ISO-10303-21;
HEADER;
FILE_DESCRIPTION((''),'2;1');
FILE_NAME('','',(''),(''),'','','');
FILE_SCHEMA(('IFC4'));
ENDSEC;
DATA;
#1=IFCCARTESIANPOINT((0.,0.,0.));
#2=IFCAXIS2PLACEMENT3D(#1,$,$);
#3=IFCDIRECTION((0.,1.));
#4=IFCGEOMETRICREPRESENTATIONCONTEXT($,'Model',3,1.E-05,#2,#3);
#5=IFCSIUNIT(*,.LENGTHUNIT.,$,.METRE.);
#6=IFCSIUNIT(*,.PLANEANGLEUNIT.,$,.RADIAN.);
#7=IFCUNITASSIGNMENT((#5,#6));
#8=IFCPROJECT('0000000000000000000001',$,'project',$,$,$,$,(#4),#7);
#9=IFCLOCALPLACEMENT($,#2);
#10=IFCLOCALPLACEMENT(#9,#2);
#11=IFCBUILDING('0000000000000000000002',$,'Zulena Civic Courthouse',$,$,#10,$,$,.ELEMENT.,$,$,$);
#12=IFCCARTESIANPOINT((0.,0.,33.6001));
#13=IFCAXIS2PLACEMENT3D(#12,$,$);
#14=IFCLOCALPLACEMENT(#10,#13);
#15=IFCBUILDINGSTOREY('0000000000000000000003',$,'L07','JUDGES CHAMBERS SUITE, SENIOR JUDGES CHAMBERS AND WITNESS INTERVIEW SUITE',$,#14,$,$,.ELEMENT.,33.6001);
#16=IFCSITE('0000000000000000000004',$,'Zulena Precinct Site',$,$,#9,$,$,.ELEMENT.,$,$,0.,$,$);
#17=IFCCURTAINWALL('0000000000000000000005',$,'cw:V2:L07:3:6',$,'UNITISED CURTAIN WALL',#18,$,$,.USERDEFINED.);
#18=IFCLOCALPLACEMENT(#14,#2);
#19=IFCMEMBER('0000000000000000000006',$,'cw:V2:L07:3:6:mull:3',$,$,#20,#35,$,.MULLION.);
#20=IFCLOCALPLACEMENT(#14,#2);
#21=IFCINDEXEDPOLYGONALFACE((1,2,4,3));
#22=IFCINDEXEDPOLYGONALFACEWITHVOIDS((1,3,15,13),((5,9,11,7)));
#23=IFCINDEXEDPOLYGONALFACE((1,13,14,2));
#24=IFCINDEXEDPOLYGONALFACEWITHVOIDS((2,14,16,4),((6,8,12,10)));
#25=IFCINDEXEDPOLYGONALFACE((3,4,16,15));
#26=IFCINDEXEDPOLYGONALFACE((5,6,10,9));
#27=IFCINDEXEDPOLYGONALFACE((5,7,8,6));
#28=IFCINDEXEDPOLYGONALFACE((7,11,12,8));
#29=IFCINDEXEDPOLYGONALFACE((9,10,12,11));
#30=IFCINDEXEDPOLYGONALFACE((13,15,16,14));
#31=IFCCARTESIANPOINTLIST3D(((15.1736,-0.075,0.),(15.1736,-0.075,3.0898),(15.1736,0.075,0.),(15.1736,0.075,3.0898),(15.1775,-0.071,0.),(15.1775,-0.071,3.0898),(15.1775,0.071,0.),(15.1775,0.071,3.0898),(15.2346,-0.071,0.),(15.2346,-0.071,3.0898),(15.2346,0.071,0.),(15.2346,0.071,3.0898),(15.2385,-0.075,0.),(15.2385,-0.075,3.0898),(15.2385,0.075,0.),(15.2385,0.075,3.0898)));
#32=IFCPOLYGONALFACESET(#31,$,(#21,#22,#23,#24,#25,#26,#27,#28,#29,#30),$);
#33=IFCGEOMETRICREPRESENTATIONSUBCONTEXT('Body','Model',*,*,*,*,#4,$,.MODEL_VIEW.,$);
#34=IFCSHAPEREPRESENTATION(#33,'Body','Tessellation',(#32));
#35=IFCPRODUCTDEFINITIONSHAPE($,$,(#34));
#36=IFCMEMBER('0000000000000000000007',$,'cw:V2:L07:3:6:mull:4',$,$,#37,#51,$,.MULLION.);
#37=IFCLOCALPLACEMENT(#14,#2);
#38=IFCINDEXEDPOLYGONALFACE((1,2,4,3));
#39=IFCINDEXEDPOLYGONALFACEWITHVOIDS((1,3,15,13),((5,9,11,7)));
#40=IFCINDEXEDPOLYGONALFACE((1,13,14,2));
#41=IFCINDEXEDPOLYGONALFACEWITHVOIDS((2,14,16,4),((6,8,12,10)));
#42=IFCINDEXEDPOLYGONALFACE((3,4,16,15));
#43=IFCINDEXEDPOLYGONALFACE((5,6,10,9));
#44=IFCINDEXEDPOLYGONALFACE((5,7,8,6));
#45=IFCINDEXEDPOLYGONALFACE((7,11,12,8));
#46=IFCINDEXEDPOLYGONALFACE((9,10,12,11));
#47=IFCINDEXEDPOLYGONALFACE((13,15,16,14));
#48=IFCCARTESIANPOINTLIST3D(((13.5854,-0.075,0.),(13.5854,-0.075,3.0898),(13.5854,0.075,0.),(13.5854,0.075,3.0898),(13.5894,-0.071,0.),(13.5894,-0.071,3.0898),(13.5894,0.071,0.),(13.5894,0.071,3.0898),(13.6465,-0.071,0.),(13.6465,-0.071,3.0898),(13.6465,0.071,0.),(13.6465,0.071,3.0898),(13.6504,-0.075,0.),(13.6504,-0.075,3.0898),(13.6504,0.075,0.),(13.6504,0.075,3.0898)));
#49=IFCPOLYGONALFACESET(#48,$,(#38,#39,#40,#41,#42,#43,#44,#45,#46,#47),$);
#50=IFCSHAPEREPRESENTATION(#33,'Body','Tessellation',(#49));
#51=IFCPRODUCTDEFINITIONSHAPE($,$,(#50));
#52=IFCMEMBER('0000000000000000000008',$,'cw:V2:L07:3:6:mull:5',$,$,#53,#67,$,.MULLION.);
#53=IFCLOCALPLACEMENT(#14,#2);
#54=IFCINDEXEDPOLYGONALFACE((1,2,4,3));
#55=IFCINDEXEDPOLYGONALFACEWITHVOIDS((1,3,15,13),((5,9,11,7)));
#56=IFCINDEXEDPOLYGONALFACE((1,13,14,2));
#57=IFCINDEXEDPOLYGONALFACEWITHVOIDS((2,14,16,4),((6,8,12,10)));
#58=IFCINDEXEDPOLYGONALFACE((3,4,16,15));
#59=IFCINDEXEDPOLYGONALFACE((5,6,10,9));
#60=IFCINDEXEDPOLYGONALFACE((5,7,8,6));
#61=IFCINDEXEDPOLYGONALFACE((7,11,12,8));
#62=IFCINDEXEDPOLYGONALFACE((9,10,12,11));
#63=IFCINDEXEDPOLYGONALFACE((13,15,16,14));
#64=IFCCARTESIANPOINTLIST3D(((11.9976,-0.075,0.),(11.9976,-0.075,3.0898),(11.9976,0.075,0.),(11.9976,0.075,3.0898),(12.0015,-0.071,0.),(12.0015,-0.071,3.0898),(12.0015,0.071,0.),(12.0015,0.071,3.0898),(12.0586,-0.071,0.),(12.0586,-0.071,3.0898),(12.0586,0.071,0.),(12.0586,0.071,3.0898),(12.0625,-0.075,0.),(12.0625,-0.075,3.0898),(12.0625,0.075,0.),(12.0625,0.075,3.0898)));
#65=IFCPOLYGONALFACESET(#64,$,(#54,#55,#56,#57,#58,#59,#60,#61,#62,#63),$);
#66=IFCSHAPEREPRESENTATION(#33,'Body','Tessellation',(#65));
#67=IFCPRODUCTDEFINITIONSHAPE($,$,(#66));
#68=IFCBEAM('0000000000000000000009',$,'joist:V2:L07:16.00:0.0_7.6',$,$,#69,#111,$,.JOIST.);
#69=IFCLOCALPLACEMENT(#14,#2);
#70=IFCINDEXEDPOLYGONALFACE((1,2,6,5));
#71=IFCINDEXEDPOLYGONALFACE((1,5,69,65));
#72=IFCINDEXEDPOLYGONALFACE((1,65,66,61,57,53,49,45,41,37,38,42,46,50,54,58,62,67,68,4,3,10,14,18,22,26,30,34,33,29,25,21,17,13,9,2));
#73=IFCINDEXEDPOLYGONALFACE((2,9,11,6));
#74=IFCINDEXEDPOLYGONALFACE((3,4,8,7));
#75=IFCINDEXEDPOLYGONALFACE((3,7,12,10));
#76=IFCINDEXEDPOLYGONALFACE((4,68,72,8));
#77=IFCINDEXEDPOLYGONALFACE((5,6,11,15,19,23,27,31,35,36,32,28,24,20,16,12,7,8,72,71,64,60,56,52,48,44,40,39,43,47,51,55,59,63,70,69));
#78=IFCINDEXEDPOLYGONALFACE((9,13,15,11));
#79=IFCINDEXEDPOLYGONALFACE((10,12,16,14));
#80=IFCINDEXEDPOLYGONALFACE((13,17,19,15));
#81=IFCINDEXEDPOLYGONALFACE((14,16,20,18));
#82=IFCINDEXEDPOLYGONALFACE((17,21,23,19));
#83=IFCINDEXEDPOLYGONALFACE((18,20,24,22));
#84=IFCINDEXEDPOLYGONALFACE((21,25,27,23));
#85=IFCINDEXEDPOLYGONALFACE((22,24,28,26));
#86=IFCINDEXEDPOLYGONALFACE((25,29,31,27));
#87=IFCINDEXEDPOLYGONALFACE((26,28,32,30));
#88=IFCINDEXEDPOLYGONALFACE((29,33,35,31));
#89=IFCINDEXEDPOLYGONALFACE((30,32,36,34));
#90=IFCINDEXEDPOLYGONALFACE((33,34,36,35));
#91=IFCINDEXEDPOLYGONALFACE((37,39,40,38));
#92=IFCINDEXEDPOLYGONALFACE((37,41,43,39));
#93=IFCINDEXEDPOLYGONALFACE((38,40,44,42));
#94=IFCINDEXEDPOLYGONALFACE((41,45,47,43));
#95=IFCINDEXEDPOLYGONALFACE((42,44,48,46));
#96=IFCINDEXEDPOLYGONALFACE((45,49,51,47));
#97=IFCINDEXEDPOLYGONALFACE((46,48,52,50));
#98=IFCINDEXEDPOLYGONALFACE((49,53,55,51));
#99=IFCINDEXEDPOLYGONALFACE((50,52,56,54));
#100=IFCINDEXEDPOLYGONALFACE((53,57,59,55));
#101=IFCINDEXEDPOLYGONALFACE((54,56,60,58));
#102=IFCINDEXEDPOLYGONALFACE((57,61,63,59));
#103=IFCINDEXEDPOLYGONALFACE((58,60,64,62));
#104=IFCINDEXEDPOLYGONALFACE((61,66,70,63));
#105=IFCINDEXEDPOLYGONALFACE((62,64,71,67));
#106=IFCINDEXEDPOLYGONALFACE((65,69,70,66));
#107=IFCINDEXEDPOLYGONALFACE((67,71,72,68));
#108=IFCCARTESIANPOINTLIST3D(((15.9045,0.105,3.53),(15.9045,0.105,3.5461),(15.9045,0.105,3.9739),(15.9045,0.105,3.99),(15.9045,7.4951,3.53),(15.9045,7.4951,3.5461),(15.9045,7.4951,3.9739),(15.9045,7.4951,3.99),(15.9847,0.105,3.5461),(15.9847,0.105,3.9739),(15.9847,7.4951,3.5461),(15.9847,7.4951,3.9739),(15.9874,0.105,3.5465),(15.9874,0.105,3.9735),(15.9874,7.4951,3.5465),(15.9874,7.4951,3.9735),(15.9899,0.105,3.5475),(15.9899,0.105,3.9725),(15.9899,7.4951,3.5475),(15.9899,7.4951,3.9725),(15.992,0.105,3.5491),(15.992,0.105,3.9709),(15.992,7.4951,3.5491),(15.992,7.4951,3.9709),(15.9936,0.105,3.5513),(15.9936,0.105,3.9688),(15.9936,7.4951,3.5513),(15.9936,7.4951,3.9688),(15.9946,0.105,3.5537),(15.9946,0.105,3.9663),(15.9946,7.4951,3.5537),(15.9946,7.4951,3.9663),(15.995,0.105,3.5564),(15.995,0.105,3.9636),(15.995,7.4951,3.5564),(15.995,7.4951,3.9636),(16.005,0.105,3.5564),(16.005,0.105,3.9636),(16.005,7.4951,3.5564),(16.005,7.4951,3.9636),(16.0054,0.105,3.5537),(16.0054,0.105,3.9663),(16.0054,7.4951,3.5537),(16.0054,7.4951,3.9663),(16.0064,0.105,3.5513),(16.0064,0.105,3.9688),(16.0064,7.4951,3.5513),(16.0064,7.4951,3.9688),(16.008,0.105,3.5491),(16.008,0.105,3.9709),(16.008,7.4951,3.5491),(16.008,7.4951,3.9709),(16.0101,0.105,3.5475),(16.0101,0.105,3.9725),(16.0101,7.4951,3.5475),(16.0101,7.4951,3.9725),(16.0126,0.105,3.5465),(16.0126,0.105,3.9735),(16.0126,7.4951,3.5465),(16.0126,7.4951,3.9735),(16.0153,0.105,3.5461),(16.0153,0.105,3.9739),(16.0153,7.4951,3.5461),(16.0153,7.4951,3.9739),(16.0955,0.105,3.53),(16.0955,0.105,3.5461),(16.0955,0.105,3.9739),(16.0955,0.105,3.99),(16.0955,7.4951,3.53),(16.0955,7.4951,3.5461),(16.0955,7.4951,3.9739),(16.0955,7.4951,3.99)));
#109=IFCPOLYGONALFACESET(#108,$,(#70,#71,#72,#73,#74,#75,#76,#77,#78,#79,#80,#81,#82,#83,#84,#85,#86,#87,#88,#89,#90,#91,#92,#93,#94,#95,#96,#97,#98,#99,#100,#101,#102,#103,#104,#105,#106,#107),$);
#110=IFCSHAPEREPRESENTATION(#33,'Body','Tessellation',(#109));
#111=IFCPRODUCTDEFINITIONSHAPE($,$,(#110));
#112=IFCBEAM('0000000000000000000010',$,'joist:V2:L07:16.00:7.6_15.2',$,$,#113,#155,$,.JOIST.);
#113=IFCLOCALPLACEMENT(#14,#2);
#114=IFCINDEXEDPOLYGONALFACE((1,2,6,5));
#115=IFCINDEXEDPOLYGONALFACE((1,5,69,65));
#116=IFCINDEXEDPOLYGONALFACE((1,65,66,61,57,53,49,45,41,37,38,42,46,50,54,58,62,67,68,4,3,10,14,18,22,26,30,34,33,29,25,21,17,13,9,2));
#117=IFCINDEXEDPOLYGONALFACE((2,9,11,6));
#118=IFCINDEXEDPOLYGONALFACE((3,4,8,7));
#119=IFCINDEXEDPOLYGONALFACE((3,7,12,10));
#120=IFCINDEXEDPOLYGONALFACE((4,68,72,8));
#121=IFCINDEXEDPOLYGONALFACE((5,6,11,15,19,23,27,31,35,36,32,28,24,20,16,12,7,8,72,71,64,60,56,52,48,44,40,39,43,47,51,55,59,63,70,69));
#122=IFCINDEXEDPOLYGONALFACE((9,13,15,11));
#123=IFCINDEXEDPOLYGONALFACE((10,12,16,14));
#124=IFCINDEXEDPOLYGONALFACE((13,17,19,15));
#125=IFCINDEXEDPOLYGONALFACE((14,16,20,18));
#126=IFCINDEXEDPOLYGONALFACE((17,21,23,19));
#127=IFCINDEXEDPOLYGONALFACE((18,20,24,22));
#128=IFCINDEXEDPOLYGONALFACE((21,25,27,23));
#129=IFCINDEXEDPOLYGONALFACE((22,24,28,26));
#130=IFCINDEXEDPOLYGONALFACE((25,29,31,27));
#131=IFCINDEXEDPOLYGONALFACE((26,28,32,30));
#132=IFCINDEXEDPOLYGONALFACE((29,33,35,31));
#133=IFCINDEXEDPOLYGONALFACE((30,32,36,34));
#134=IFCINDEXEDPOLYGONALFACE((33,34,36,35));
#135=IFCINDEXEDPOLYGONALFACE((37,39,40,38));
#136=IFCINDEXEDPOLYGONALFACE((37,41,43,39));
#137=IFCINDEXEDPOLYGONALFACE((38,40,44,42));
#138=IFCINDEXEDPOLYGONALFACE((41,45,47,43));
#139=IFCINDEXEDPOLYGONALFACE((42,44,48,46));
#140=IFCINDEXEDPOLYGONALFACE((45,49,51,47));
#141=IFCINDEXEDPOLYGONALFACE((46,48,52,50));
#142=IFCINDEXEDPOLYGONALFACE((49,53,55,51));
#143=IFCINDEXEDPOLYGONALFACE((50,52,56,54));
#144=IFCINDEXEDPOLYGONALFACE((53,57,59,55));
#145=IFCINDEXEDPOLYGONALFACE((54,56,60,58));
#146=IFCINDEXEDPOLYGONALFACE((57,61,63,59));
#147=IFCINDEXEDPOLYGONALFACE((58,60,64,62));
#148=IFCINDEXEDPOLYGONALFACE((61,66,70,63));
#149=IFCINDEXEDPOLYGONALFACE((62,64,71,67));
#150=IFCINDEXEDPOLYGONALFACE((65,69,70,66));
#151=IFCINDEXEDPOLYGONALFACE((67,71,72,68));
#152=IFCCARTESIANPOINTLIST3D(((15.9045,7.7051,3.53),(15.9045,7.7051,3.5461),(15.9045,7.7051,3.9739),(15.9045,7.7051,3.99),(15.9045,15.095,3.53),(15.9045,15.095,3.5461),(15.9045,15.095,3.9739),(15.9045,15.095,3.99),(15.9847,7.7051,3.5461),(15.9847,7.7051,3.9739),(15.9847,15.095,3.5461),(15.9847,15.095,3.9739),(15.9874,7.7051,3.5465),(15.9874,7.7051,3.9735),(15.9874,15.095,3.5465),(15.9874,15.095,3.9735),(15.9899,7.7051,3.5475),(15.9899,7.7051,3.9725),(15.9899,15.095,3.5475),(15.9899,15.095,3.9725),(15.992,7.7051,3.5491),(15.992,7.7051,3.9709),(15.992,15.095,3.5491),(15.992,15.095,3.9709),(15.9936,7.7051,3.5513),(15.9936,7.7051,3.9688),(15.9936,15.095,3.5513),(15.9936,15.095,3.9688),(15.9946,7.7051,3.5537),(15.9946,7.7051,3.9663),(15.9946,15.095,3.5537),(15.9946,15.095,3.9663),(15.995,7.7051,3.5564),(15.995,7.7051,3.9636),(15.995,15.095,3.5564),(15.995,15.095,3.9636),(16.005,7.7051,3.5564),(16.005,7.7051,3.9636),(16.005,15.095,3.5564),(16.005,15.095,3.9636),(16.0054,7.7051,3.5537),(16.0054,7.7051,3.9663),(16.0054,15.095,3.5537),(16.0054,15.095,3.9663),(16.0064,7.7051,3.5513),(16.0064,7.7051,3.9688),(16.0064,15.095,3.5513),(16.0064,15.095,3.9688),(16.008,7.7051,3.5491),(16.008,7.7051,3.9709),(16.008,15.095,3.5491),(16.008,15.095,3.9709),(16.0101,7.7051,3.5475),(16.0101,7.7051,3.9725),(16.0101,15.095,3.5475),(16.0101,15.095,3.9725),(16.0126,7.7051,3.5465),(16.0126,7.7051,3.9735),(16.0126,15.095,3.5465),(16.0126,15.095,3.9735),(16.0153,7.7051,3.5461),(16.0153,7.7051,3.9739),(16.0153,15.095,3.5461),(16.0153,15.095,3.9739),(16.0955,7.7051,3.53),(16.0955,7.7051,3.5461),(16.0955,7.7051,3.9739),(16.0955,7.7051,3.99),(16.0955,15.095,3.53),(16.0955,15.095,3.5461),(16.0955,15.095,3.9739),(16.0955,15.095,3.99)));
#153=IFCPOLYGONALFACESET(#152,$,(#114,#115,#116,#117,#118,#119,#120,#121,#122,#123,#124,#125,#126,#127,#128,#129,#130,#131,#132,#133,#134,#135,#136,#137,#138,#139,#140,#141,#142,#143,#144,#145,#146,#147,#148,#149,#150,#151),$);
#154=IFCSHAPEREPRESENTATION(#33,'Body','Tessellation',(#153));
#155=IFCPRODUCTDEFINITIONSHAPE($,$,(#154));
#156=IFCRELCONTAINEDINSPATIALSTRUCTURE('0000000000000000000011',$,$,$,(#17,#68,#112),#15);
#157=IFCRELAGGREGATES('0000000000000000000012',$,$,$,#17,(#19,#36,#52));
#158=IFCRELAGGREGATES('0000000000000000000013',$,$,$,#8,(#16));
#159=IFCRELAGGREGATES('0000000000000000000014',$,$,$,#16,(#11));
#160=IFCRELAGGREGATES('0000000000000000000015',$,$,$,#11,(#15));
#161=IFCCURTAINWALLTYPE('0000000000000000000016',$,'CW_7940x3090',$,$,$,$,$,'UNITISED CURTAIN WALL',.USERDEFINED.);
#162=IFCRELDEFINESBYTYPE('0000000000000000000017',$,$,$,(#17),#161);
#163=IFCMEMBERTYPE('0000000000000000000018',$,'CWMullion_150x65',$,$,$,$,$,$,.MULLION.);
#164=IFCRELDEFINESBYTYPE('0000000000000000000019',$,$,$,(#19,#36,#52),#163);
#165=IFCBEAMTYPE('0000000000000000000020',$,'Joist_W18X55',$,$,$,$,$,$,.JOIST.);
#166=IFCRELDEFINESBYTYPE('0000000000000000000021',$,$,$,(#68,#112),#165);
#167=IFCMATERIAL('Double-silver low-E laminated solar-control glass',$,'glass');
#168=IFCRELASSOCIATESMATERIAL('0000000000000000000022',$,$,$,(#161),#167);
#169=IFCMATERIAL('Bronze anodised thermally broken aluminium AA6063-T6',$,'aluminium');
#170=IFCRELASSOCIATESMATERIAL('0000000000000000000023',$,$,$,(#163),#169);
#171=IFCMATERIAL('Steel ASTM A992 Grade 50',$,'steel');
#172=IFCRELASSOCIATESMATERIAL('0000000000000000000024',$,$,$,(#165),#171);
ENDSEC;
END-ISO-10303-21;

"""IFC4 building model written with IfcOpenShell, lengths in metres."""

from ifc_helpers import new_model, si_unit, direction, frame, origin, origin_2d, place, context, subcontext, project, spatial, hollow_rectangle, i_section, extrude, material, material_profile, profile_set, type_object, element, aggregate, save


model = new_model("IFC4")

# Units and contexts
model_context = context("Model", 3, precision=1e-05, world=origin(), true_north=direction((0.0, 1.0)))
body_context = subcontext(model_context, "Body", "Model", "MODEL_VIEW")
ifc_project = project(units=[si_unit("LENGTHUNIT", "METRE"), si_unit("PLANEANGLEUNIT", "RADIAN")], contexts=[model_context])

# Site, building, storey
site_placement = place(None, origin())
site = spatial("IfcSite", under=ifc_project, at=site_placement, Name="Zulena Precinct Site", CompositionType="ELEMENT", RefElevation=0.0)
building_placement = place(site_placement, origin())
building = spatial("IfcBuilding", under=site, at=building_placement, Name="Zulena Civic Courthouse", CompositionType="ELEMENT")
storey_placement = place(building_placement, frame((0.0, 0.0, 33.6001)))
storey = spatial("IfcBuildingStorey", under=building, at=storey_placement, Name="L07", Description="JUDGES CHAMBERS SUITE, SENIOR JUDGES CHAMBERS AND WITNESS INTERVIEW SUITE", CompositionType="ELEMENT", Elevation=33.6001)

# Curtain wall, members
ifc_material_1 = material(Name="Double-silver low-E laminated solar-control glass", Category="glass")
curtain_wall_type = type_object("IfcCurtainWallType", Name="CW_7940x3090", ElementType="UNITISED CURTAIN WALL", PredefinedType="USERDEFINED", material=ifc_material_1)
curtain_wall_placement = place(storey_placement, origin())
curtain_wall = element("IfcCurtainWall", 1, at=curtain_wall_placement, inside=storey, type_object=curtain_wall_type, Name="cw:V2:L07:3:6", ObjectType="UNITISED CURTAIN WALL", PredefinedType="USERDEFINED")
ifc_material_2 = material(Name="Bronze anodised thermally broken aluminium AA6063-T6", Category="aluminium")
ifc_material_profile_1 = material_profile(ifc_material_2, hollow_rectangle(XDim=0.0649, YDim=0.1499, WallThickness=0.0039, at=origin_2d()), Name="CWM150X65X4")
ifc_profile_set_1 = profile_set([ifc_material_profile_1], Name="Bronze anodised thermally broken aluminium AA6063-T6")
member_type = type_object("IfcMemberType", Name="CWMullion_150x65", PredefinedType="MULLION", material=ifc_profile_set_1)
member_1_placement = place(storey_placement, frame((15.2061, 0.0, 0.0), z_axis=(0.0, 0.0, 1.0), x_axis=(1.0, 0.0, 0.0)))
member_1 = element("IfcMember", 2, at=member_1_placement, type_object=member_type, Name="cw:V2:L07:3:6:mull:3", PredefinedType="MULLION", context=body_context, shape_type="SweptSolid", body=[
    extrude(hollow_rectangle(XDim=0.0649, YDim=0.1499, WallThickness=0.0039, at=origin_2d()), origin(), (0.0, 0.0, 1.0), 3.0898),
])
member_2_placement = place(storey_placement, frame((13.6179, 0.0, 0.0), z_axis=(0.0, 0.0, 1.0), x_axis=(1.0, 0.0, 0.0)))
member_2 = element("IfcMember", 3, at=member_2_placement, type_object=member_type, Name="cw:V2:L07:3:6:mull:4", PredefinedType="MULLION", context=body_context, shape_type="SweptSolid", body=[
    extrude(hollow_rectangle(XDim=0.0649, YDim=0.1499, WallThickness=0.0039, at=origin_2d()), origin(), (0.0, 0.0, 1.0), 3.0898),
])
member_3_placement = place(storey_placement, frame((12.03, 0.0, 0.0), z_axis=(0.0, 0.0, 1.0), x_axis=(1.0, 0.0, 0.0)))
member_3 = element("IfcMember", 4, at=member_3_placement, type_object=member_type, Name="cw:V2:L07:3:6:mull:5", PredefinedType="MULLION", context=body_context, shape_type="SweptSolid", body=[
    extrude(hollow_rectangle(XDim=0.0649, YDim=0.1499, WallThickness=0.0039, at=origin_2d()), origin(), (0.0, 0.0, 1.0), 3.0898),
])

# Beams
ifc_material_3 = material(Name="Steel ASTM A992 Grade 50", Category="steel")
ifc_material_profile_2 = material_profile(ifc_material_3, i_section(OverallWidth=0.1909, OverallDepth=0.46, WebThickness=0.01, FlangeThickness=0.0161, FilletRadius=0.0103, at=origin_2d()), Name="W18X55")
ifc_profile_set_2 = profile_set([ifc_material_profile_2], Name="Steel ASTM A992 Grade 50")
beam_type_1 = type_object("IfcBeamType", Name="Joist_W18X55", PredefinedType="JOIST", material=ifc_profile_set_2)
beam_1_placement = place(storey_placement, frame((16.0, 0.105, 3.76), z_axis=(0.0, 1.0, 0.0), x_axis=(-1.0, 0.0, 0.0)))
element("IfcBeam", 5, at=beam_1_placement, inside=storey, type_object=beam_type_1, Name="joist:V2:L07:16.00:0.0_7.6", PredefinedType="JOIST", context=body_context, shape_type="SweptSolid", body=[
    extrude(i_section(OverallWidth=0.1909, OverallDepth=0.46, WebThickness=0.01, FlangeThickness=0.0161, FilletRadius=0.0103, at=origin_2d()), origin(), (0.0, 0.0, 1.0), 7.3901),
])
beam_2_placement = place(storey_placement, frame((16.0, 7.7051, 3.76), z_axis=(0.0, 1.0, 0.0), x_axis=(-1.0, 0.0, 0.0)))
element("IfcBeam", 6, at=beam_2_placement, inside=storey, type_object=beam_type_1, Name="joist:V2:L07:16.00:7.6_15.2", PredefinedType="JOIST", context=body_context, shape_type="SweptSolid", body=[
    extrude(i_section(OverallWidth=0.1909, OverallDepth=0.46, WebThickness=0.01, FlangeThickness=0.0161, FilletRadius=0.0103, at=origin_2d()), origin(), (0.0, 0.0, 1.0), 7.3899),
])

aggregate(curtain_wall, [member_1, member_2, member_3])

save(model, "model.ifc")
